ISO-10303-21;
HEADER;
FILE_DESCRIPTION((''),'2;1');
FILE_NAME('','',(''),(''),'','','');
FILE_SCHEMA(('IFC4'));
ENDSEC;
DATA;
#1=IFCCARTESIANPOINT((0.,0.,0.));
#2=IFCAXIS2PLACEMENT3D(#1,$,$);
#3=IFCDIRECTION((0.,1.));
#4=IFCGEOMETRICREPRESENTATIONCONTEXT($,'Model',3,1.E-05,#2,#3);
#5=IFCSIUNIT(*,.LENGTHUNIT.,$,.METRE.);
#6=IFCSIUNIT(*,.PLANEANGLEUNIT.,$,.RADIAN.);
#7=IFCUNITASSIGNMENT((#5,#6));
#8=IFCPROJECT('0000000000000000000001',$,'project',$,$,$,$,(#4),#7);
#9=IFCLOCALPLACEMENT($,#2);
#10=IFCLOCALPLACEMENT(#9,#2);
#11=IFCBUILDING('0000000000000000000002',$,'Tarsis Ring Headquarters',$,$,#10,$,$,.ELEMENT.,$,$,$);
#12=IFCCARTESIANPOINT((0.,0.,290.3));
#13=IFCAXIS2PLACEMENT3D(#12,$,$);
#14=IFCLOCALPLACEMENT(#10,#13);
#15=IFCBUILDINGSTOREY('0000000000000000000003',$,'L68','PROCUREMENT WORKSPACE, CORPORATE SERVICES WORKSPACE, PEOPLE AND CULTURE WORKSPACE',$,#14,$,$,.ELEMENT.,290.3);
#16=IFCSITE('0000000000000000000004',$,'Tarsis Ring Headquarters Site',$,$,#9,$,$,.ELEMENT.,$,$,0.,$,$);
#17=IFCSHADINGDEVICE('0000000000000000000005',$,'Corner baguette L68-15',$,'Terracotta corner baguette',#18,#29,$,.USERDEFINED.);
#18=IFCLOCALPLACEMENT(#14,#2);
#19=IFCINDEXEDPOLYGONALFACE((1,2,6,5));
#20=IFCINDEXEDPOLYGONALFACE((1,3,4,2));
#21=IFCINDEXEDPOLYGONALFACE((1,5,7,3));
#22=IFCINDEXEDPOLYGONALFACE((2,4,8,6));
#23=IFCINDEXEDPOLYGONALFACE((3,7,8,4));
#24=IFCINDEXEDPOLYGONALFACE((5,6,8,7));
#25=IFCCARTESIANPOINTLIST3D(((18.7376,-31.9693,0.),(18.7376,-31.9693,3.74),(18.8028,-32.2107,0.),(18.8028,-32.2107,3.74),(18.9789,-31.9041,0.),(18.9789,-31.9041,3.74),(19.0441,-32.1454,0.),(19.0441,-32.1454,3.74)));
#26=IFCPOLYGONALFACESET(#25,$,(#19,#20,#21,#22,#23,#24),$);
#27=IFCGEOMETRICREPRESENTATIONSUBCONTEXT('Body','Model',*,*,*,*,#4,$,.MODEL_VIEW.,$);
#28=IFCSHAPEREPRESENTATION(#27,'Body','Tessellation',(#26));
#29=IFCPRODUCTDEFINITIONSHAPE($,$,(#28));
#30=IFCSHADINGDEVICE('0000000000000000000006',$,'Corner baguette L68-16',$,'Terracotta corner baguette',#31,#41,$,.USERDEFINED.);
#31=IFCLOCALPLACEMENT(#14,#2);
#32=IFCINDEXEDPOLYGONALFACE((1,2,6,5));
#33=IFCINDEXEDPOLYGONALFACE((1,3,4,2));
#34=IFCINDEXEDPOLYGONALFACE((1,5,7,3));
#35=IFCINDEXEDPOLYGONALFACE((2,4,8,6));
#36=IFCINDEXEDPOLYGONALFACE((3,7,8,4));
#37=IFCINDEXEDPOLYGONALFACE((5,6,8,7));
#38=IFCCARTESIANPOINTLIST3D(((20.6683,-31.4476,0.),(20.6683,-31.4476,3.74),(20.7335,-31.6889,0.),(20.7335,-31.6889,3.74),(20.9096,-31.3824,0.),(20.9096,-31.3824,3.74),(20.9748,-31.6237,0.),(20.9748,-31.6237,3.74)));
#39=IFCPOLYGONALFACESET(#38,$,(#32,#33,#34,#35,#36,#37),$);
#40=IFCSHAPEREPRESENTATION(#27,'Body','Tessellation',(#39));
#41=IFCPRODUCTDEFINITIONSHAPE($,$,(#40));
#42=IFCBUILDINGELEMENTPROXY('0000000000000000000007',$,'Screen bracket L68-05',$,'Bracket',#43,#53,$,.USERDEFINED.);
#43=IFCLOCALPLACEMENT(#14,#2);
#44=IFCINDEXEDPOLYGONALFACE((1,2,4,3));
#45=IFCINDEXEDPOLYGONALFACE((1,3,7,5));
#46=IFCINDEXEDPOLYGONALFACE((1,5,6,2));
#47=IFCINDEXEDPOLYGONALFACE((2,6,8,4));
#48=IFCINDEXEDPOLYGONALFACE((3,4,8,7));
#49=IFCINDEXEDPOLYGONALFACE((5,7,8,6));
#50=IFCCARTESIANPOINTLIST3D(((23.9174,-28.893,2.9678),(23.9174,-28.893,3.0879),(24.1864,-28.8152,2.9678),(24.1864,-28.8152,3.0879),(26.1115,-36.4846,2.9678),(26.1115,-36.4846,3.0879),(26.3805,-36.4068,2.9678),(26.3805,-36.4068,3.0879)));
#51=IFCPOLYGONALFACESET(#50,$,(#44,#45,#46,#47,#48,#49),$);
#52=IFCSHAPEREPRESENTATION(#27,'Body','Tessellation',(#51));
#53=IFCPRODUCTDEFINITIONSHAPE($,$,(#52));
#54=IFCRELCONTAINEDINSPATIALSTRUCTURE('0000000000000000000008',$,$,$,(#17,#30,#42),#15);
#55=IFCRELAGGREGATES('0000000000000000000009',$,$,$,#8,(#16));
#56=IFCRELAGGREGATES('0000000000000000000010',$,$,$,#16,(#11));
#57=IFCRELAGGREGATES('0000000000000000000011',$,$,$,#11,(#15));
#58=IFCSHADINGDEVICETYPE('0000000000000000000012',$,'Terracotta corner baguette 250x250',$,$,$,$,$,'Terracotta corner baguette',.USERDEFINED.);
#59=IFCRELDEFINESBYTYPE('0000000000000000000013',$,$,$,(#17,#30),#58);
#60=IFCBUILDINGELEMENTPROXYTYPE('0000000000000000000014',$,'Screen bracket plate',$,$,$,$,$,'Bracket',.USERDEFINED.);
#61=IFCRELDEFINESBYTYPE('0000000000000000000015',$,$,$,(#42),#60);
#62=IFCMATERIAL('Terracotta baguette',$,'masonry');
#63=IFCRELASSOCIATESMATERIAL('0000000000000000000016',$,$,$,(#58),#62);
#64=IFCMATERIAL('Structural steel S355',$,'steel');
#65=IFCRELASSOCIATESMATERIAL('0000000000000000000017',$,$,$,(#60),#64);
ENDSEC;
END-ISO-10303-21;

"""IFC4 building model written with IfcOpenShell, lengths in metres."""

from ifc_helpers import new_model, si_unit, direction, frame, origin, origin_2d, place, context, subcontext, project, spatial, rectangle, extrude, material, type_object, element, save


model = new_model("IFC4")

# Units and contexts
model_context = context("Model", 3, precision=1e-05, world=origin(), true_north=direction((0.0, 1.0)))
body_context = subcontext(model_context, "Body", "Model", "MODEL_VIEW")
ifc_project = project(units=[si_unit("LENGTHUNIT", "METRE"), si_unit("PLANEANGLEUNIT", "RADIAN")], contexts=[model_context])

# Site, building, storey
site_placement = place(None, origin())
site = spatial("IfcSite", under=ifc_project, at=site_placement, Name="Tarsis Ring Headquarters Site", CompositionType="ELEMENT", RefElevation=0.0)
building_placement = place(site_placement, origin())
building = spatial("IfcBuilding", under=site, at=building_placement, Name="Tarsis Ring Headquarters", CompositionType="ELEMENT")
storey_placement = place(building_placement, frame((0.0, 0.0, 290.3)))
storey = spatial("IfcBuildingStorey", under=building, at=storey_placement, Name="L68", Description="PROCUREMENT WORKSPACE, CORPORATE SERVICES WORKSPACE, PEOPLE AND CULTURE WORKSPACE", CompositionType="ELEMENT", Elevation=290.3)

# Shared definitions
ifc_material_1 = material(Name="Structural steel S355", Category="steel")

# Shading devices
ifc_material_2 = material(Name="Terracotta baguette", Category="masonry")
shading_device_type_1 = type_object("IfcShadingDeviceType", Name="Terracotta corner baguette 250x250", ElementType="Terracotta corner baguette", PredefinedType="USERDEFINED", material=ifc_material_2)
for number, where, z_axis, x_axis, name in (
    (1, (18.8909, -32.0574, 0.0), (0.0, 0.0, 1.0), (-0.260842, 0.965382, 0.0), "Corner baguette L68-15"),
    (2, (20.8215, -31.5356, 0.0), (0.0, 0.0, 1.0), (0.965382, 0.260841, 0.0), "Corner baguette L68-16"),
):
    element("IfcShadingDevice", number, at=place(storey_placement, frame(where, z_axis=z_axis, x_axis=x_axis)), inside=storey, type_object=shading_device_type_1, Name=name, ObjectType="Terracotta corner baguette", PredefinedType="USERDEFINED", context=body_context, shape_type="SweptSolid", body=[
        extrude(rectangle(XDim=0.25, YDim=0.25, at=origin_2d()), origin(), (0.0, 0.0, 1.0), 3.74),
    ])

# Building element proxy
building_element_proxy_type = type_object("IfcBuildingElementProxyType", Name="Screen bracket plate", ElementType="Bracket", PredefinedType="USERDEFINED", material=ifc_material_1)
proxy_placement = place(storey_placement, frame((25.1489, -32.6499, 2.9678), z_axis=(0.0, 0.0, 1.0), x_axis=(-0.27765, 0.960682, 0.0)))
element("IfcBuildingElementProxy", 3, at=proxy_placement, inside=storey, type_object=building_element_proxy_type, Name="Screen bracket L68-05", ObjectType="Bracket", PredefinedType="USERDEFINED", context=body_context, shape_type="SweptSolid", body=[
    extrude(rectangle(XDim=7.9023, YDim=0.28, at=origin_2d()), origin(), (0.0, 0.0, 1.0), 0.1201),
])

save(model, "model.ifc")
